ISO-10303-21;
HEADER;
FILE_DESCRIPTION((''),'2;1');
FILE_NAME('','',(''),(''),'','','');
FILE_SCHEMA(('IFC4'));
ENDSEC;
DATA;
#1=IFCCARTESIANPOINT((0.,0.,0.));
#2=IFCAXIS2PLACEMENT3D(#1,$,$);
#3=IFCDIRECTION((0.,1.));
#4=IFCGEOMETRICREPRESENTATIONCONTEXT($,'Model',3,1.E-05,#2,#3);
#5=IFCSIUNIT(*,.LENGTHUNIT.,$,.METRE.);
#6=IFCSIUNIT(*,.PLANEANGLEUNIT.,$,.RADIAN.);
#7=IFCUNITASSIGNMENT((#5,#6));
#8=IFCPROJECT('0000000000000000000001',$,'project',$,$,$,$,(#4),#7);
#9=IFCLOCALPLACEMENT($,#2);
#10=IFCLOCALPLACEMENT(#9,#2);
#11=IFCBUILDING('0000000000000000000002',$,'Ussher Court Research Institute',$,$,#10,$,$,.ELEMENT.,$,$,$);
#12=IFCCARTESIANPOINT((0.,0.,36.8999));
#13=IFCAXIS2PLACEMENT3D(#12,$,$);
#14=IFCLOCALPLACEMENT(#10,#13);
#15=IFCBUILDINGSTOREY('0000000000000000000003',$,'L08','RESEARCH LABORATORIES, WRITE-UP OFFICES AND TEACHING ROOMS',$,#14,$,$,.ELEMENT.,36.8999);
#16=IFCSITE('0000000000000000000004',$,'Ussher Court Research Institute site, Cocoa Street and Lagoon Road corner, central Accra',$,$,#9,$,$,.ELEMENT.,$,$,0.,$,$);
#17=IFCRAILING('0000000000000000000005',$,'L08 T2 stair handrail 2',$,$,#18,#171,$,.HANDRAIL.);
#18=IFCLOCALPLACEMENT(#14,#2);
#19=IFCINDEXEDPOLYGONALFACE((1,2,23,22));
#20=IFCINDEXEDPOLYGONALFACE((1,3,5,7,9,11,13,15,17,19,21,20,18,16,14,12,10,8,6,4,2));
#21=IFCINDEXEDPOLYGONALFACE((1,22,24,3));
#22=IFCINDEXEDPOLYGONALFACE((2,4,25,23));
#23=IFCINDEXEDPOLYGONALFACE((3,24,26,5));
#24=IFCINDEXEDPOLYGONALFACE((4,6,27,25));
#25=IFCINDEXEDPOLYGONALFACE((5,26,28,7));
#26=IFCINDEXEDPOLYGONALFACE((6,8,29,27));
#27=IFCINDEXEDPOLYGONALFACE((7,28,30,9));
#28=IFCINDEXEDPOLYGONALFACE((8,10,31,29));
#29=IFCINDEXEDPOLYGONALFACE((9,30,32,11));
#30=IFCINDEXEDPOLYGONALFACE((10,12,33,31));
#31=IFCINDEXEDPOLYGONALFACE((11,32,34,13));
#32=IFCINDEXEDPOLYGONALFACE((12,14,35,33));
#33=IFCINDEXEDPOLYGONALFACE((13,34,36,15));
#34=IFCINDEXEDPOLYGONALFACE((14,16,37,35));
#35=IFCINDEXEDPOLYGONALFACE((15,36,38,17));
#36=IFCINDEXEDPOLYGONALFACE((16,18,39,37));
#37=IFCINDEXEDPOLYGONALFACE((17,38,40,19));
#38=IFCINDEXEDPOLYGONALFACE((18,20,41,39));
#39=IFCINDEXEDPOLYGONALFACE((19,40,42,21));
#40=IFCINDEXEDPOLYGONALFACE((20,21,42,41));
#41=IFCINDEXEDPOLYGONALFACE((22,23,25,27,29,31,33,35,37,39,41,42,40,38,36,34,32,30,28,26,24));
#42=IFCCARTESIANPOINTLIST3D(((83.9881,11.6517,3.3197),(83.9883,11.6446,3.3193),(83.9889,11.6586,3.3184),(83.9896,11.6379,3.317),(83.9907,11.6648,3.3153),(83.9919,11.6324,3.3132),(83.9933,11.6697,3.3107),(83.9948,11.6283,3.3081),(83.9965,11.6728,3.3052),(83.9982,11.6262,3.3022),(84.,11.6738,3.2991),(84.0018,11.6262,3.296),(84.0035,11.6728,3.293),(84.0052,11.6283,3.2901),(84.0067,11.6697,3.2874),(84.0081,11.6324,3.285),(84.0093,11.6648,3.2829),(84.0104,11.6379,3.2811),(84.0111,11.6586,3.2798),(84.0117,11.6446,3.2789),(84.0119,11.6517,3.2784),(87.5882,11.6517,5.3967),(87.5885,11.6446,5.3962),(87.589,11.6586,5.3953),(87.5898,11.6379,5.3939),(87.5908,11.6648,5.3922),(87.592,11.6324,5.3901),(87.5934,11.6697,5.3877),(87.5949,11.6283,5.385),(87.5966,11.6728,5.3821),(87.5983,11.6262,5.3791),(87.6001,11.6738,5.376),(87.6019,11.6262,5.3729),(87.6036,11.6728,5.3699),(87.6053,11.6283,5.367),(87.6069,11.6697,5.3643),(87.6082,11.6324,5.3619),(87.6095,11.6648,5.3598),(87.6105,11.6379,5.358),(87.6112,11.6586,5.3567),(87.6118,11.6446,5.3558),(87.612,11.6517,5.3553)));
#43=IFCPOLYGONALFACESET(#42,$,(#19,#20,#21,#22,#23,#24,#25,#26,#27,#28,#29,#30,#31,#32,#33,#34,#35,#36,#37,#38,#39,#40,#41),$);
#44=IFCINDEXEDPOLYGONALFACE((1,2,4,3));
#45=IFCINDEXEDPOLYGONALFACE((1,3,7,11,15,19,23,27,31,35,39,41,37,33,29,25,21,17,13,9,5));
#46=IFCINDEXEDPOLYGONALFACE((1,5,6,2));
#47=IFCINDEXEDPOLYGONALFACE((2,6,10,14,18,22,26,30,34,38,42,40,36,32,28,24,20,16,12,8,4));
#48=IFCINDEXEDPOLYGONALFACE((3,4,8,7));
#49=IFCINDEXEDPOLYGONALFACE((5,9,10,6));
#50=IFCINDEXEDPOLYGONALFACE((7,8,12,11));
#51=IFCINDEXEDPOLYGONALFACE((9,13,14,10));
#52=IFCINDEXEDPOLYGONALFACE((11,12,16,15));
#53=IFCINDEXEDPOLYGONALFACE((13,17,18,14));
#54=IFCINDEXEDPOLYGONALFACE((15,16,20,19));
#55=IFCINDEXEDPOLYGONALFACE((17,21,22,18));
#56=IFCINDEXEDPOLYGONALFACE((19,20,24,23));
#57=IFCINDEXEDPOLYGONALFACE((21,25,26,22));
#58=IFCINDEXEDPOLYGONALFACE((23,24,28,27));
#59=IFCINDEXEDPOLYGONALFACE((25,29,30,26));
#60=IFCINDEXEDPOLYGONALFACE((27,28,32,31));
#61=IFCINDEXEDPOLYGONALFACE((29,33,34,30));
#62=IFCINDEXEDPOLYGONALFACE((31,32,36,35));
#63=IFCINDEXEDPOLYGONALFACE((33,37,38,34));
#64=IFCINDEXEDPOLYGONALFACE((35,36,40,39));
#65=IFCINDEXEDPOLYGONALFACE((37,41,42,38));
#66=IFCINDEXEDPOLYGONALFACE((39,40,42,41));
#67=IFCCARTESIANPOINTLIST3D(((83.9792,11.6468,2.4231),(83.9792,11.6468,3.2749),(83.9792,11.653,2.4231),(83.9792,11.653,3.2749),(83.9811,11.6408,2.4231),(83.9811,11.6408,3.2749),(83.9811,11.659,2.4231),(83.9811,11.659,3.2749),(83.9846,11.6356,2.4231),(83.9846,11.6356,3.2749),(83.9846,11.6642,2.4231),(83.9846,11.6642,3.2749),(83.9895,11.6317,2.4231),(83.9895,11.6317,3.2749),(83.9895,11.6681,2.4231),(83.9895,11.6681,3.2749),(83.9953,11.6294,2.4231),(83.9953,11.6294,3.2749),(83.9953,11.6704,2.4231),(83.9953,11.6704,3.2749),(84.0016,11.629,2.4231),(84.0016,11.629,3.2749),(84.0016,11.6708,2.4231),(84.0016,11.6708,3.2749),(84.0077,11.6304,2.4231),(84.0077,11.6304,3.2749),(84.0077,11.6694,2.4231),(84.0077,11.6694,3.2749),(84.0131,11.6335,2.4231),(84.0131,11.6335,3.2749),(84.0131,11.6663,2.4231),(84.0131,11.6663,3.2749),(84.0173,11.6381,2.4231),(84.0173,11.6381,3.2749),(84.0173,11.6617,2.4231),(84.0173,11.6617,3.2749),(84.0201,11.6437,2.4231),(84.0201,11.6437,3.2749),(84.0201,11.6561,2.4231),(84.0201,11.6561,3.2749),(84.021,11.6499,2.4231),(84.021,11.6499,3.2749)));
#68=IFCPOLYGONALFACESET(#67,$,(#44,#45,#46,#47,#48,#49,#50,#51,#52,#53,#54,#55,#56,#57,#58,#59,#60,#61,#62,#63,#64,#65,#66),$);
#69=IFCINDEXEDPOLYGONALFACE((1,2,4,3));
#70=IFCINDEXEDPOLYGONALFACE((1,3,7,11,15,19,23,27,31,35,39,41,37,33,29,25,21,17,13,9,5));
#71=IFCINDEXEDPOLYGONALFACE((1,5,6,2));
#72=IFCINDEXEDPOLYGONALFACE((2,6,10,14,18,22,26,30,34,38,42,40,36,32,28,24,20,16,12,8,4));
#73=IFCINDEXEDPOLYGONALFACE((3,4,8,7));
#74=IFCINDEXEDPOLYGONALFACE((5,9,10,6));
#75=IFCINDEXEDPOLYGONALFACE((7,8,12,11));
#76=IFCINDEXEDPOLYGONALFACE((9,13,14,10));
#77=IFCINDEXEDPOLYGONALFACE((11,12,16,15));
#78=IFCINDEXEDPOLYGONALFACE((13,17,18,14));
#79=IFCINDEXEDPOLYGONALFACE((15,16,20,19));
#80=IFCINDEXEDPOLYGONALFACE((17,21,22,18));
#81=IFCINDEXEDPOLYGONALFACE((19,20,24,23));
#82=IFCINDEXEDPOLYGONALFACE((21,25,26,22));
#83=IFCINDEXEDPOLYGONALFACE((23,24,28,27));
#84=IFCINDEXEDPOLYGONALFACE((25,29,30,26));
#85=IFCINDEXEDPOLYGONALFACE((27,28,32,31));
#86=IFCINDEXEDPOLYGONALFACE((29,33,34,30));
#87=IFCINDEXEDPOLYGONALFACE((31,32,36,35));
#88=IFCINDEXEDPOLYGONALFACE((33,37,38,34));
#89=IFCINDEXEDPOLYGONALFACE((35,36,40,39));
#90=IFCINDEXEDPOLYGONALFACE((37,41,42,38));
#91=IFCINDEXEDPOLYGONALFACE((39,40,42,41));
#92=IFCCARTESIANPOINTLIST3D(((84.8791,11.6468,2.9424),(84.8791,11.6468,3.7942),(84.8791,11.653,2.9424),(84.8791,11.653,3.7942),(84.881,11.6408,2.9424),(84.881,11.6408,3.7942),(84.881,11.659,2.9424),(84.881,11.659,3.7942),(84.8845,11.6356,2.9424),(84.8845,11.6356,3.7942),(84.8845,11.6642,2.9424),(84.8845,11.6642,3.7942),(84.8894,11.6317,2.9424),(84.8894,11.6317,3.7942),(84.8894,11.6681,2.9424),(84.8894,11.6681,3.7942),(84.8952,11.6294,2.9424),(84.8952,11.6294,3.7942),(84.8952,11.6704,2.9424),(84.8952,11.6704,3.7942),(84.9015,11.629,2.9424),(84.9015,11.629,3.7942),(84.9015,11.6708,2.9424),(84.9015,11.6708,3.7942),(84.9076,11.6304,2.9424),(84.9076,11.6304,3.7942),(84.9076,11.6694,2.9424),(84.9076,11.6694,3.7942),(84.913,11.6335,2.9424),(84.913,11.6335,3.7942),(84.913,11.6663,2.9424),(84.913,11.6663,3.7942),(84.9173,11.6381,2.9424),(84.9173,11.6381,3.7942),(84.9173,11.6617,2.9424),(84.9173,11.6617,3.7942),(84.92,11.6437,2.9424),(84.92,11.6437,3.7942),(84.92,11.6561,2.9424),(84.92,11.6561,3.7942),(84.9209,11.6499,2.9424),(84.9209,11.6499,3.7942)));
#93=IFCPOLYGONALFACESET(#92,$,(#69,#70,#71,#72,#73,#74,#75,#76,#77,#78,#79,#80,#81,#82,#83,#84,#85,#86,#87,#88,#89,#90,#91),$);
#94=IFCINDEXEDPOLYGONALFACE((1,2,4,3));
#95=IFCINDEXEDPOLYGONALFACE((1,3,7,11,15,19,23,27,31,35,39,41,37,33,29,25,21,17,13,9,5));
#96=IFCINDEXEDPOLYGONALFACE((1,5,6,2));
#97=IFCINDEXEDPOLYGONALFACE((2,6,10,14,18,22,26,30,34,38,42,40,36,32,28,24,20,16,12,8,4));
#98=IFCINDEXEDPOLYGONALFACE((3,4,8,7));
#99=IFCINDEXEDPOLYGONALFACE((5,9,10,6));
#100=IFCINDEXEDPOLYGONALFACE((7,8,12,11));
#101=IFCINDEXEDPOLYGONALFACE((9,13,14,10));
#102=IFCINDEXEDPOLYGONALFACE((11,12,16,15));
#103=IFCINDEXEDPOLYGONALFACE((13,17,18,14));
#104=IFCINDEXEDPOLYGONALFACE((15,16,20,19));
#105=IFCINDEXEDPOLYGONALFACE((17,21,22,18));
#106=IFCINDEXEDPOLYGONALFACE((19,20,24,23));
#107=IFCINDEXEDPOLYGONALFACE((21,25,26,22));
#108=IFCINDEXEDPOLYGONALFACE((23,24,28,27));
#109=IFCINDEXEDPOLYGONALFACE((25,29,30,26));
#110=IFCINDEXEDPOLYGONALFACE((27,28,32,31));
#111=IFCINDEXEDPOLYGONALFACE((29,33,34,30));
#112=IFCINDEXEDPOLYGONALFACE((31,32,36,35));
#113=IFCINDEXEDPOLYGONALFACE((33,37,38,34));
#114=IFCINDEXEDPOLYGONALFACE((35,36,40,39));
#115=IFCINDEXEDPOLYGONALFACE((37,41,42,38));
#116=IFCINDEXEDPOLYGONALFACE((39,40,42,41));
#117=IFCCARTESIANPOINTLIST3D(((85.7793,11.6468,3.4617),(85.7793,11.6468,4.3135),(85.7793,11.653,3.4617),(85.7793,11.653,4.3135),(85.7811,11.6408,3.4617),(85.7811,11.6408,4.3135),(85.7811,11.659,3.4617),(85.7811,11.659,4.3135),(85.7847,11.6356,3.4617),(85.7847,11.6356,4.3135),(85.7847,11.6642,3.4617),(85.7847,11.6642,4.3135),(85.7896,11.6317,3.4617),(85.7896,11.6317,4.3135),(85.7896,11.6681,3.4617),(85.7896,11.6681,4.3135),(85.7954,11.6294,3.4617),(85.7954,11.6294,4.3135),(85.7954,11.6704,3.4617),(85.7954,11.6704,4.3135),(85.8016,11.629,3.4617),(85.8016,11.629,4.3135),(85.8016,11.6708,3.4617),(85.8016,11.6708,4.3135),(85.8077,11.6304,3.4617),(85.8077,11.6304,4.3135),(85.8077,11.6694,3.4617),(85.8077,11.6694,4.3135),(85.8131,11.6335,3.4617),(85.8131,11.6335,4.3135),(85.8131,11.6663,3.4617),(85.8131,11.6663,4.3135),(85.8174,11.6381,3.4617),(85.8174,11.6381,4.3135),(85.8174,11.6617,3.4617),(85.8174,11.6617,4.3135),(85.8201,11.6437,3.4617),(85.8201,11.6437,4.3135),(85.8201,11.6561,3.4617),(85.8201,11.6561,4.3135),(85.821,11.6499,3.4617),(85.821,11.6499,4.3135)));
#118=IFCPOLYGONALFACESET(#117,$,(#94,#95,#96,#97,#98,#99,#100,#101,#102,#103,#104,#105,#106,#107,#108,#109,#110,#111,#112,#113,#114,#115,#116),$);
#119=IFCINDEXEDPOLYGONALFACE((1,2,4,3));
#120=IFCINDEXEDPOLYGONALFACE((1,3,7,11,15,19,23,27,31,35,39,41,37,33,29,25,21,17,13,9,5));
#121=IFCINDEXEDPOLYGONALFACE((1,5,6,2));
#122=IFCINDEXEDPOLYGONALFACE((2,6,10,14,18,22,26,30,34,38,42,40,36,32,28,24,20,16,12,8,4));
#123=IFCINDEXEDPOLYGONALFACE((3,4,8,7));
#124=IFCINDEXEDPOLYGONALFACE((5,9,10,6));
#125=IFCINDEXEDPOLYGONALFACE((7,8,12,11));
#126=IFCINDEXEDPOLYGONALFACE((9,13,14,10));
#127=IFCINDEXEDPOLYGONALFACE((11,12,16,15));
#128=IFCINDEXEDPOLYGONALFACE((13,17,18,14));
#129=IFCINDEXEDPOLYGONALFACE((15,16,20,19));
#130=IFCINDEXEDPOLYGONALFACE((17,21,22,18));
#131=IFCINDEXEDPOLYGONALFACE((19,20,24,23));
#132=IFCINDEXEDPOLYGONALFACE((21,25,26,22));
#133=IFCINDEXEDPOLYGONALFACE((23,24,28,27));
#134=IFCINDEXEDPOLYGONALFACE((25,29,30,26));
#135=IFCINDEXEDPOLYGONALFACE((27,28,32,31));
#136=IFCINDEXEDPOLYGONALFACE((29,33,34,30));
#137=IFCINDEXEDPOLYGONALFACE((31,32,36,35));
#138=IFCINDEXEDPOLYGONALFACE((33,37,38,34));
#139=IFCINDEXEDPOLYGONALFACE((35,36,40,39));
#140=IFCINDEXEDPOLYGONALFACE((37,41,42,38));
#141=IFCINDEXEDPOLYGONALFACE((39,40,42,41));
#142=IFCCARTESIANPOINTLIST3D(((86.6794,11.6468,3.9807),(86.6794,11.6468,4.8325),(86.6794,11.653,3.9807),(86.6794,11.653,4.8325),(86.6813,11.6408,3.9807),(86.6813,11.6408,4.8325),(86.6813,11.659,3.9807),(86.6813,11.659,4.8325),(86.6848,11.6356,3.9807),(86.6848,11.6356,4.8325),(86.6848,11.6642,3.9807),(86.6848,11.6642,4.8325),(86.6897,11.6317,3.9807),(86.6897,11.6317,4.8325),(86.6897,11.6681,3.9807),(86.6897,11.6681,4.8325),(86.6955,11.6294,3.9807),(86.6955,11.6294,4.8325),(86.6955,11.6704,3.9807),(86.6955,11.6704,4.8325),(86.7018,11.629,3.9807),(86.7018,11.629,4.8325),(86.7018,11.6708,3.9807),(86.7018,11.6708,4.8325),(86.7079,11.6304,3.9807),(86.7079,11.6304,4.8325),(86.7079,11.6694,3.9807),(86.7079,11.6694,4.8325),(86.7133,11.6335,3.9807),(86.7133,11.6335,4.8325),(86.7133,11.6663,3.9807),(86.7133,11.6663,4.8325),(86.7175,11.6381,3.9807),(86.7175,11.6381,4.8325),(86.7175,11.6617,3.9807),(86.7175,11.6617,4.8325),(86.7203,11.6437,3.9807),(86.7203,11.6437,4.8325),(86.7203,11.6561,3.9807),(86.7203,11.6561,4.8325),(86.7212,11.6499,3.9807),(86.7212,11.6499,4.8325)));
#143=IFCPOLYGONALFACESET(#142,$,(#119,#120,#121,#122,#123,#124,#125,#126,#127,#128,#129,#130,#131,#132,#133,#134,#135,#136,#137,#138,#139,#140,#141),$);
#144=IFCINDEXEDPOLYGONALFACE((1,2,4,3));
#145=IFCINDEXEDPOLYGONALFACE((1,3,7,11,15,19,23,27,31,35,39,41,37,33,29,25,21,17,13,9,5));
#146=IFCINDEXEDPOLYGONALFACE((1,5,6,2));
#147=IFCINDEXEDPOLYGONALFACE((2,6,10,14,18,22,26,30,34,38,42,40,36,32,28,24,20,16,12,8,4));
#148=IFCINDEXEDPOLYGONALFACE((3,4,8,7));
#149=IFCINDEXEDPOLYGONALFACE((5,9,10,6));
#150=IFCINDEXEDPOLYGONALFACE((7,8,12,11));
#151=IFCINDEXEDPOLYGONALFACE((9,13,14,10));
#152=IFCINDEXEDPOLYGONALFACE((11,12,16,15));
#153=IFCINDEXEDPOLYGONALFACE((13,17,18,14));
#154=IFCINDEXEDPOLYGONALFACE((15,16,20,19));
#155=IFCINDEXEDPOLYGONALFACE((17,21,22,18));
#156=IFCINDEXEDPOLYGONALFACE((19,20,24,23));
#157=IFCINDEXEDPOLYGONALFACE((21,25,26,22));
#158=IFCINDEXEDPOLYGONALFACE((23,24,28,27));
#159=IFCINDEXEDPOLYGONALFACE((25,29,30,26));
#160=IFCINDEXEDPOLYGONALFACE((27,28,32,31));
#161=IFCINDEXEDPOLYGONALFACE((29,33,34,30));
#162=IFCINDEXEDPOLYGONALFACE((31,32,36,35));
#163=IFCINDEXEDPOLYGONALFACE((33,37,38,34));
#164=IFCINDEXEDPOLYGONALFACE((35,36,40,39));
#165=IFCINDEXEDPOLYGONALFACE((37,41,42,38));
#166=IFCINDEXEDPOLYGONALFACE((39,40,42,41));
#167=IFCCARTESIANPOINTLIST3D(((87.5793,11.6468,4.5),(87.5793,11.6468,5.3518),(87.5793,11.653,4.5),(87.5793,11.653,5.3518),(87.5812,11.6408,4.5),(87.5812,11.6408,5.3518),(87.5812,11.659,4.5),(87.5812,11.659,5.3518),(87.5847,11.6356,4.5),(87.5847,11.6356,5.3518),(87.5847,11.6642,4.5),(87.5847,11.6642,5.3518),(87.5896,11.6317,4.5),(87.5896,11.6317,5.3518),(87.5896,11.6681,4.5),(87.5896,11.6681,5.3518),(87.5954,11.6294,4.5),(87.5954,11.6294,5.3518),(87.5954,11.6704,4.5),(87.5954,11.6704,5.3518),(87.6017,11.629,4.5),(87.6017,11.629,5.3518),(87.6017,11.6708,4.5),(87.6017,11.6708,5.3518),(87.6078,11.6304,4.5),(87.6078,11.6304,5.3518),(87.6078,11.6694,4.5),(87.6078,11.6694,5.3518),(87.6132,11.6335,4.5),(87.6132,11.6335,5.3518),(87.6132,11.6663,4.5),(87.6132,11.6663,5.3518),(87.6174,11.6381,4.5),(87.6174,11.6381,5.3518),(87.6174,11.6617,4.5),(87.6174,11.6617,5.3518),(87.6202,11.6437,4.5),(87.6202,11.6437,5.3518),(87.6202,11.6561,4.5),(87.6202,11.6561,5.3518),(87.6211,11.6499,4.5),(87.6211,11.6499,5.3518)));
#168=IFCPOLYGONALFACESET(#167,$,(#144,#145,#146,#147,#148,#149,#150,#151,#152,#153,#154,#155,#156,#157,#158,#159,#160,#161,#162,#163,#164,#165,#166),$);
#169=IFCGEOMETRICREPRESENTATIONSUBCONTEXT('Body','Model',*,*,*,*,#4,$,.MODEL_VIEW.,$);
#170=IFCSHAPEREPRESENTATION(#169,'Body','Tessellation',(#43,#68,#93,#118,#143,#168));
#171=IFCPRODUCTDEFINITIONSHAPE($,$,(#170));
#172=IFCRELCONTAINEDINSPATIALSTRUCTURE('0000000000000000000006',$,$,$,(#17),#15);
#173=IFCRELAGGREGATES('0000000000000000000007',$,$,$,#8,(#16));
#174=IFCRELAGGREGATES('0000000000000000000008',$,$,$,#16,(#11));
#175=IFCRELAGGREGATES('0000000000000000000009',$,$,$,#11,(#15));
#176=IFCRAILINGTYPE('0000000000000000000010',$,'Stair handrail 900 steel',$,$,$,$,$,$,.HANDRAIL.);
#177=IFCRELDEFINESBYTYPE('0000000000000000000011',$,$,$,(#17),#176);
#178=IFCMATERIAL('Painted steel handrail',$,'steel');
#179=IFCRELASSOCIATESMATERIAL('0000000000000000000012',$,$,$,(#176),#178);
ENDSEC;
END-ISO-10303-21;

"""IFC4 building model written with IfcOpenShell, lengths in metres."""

from ifc_helpers import new_model, si_unit, direction, frame, origin, origin_2d, place, context, subcontext, project, spatial, circle, extrude, material, type_object, element, save


model = new_model("IFC4")

# Units and contexts
model_context = context("Model", 3, precision=1e-05, world=origin(), true_north=direction((0.0, 1.0)))
body_context = subcontext(model_context, "Body", "Model", "MODEL_VIEW")
ifc_project = project(units=[si_unit("LENGTHUNIT", "METRE"), si_unit("PLANEANGLEUNIT", "RADIAN")], contexts=[model_context])

# Site, building, storey
site_placement = place(None, origin())
site = spatial("IfcSite", under=ifc_project, at=site_placement, Name="Ussher Court Research Institute site, Cocoa Street and Lagoon Road corner, central Accra", CompositionType="ELEMENT", RefElevation=0.0)
building_placement = place(site_placement, origin())
building = spatial("IfcBuilding", under=site, at=building_placement, Name="Ussher Court Research Institute", CompositionType="ELEMENT")
storey_placement = place(building_placement, frame((0.0, 0.0, 36.8999)))
storey = spatial("IfcBuildingStorey", under=building, at=storey_placement, Name="L08", Description="RESEARCH LABORATORIES, WRITE-UP OFFICES AND TEACHING ROOMS", CompositionType="ELEMENT", Elevation=36.8999)

# Railing
ifc_material_1 = material(Name="Painted steel handrail", Category="steel")
railing_type_1 = type_object("IfcRailingType", Name="Stair handrail 900 steel", PredefinedType="HANDRAIL", material=ifc_material_1)
railing_1_placement = place(storey_placement, frame((84.0, 11.6499, 2.4231)))
element("IfcRailing", 1, at=railing_1_placement, inside=storey, type_object=railing_type_1, Name="L08 T2 stair handrail 2", PredefinedType="HANDRAIL", context=body_context, shape_type="SweptSolid", body=[
    extrude(circle(Radius=0.0239, at=origin_2d()), frame((0.0, 0.0, 0.876), z_axis=(0.866193, 0.0, 0.499709), x_axis=(0.0, 1.0, 0.0)), (0.0, 0.0, 1.0), 4.1562),
    extrude(circle(Radius=0.021, at=origin_2d()), origin(), (0.0, 0.0, 1.0), 0.8518),
    extrude(circle(Radius=0.021, at=origin_2d()), frame((0.8999, 0.0, 0.5193)), (0.0, 0.0, 1.0), 0.8518),
    extrude(circle(Radius=0.021, at=origin_2d()), frame((1.8, 0.0, 1.0386)), (0.0, 0.0, 1.0), 0.8518),
    extrude(circle(Radius=0.021, at=origin_2d()), frame((2.7002, 0.0, 1.5576)), (0.0, 0.0, 1.0), 0.8518),
    extrude(circle(Radius=0.021, at=origin_2d()), frame((3.6001, 0.0, 2.0769)), (0.0, 0.0, 1.0), 0.8518),
])

save(model, "model.ifc")
